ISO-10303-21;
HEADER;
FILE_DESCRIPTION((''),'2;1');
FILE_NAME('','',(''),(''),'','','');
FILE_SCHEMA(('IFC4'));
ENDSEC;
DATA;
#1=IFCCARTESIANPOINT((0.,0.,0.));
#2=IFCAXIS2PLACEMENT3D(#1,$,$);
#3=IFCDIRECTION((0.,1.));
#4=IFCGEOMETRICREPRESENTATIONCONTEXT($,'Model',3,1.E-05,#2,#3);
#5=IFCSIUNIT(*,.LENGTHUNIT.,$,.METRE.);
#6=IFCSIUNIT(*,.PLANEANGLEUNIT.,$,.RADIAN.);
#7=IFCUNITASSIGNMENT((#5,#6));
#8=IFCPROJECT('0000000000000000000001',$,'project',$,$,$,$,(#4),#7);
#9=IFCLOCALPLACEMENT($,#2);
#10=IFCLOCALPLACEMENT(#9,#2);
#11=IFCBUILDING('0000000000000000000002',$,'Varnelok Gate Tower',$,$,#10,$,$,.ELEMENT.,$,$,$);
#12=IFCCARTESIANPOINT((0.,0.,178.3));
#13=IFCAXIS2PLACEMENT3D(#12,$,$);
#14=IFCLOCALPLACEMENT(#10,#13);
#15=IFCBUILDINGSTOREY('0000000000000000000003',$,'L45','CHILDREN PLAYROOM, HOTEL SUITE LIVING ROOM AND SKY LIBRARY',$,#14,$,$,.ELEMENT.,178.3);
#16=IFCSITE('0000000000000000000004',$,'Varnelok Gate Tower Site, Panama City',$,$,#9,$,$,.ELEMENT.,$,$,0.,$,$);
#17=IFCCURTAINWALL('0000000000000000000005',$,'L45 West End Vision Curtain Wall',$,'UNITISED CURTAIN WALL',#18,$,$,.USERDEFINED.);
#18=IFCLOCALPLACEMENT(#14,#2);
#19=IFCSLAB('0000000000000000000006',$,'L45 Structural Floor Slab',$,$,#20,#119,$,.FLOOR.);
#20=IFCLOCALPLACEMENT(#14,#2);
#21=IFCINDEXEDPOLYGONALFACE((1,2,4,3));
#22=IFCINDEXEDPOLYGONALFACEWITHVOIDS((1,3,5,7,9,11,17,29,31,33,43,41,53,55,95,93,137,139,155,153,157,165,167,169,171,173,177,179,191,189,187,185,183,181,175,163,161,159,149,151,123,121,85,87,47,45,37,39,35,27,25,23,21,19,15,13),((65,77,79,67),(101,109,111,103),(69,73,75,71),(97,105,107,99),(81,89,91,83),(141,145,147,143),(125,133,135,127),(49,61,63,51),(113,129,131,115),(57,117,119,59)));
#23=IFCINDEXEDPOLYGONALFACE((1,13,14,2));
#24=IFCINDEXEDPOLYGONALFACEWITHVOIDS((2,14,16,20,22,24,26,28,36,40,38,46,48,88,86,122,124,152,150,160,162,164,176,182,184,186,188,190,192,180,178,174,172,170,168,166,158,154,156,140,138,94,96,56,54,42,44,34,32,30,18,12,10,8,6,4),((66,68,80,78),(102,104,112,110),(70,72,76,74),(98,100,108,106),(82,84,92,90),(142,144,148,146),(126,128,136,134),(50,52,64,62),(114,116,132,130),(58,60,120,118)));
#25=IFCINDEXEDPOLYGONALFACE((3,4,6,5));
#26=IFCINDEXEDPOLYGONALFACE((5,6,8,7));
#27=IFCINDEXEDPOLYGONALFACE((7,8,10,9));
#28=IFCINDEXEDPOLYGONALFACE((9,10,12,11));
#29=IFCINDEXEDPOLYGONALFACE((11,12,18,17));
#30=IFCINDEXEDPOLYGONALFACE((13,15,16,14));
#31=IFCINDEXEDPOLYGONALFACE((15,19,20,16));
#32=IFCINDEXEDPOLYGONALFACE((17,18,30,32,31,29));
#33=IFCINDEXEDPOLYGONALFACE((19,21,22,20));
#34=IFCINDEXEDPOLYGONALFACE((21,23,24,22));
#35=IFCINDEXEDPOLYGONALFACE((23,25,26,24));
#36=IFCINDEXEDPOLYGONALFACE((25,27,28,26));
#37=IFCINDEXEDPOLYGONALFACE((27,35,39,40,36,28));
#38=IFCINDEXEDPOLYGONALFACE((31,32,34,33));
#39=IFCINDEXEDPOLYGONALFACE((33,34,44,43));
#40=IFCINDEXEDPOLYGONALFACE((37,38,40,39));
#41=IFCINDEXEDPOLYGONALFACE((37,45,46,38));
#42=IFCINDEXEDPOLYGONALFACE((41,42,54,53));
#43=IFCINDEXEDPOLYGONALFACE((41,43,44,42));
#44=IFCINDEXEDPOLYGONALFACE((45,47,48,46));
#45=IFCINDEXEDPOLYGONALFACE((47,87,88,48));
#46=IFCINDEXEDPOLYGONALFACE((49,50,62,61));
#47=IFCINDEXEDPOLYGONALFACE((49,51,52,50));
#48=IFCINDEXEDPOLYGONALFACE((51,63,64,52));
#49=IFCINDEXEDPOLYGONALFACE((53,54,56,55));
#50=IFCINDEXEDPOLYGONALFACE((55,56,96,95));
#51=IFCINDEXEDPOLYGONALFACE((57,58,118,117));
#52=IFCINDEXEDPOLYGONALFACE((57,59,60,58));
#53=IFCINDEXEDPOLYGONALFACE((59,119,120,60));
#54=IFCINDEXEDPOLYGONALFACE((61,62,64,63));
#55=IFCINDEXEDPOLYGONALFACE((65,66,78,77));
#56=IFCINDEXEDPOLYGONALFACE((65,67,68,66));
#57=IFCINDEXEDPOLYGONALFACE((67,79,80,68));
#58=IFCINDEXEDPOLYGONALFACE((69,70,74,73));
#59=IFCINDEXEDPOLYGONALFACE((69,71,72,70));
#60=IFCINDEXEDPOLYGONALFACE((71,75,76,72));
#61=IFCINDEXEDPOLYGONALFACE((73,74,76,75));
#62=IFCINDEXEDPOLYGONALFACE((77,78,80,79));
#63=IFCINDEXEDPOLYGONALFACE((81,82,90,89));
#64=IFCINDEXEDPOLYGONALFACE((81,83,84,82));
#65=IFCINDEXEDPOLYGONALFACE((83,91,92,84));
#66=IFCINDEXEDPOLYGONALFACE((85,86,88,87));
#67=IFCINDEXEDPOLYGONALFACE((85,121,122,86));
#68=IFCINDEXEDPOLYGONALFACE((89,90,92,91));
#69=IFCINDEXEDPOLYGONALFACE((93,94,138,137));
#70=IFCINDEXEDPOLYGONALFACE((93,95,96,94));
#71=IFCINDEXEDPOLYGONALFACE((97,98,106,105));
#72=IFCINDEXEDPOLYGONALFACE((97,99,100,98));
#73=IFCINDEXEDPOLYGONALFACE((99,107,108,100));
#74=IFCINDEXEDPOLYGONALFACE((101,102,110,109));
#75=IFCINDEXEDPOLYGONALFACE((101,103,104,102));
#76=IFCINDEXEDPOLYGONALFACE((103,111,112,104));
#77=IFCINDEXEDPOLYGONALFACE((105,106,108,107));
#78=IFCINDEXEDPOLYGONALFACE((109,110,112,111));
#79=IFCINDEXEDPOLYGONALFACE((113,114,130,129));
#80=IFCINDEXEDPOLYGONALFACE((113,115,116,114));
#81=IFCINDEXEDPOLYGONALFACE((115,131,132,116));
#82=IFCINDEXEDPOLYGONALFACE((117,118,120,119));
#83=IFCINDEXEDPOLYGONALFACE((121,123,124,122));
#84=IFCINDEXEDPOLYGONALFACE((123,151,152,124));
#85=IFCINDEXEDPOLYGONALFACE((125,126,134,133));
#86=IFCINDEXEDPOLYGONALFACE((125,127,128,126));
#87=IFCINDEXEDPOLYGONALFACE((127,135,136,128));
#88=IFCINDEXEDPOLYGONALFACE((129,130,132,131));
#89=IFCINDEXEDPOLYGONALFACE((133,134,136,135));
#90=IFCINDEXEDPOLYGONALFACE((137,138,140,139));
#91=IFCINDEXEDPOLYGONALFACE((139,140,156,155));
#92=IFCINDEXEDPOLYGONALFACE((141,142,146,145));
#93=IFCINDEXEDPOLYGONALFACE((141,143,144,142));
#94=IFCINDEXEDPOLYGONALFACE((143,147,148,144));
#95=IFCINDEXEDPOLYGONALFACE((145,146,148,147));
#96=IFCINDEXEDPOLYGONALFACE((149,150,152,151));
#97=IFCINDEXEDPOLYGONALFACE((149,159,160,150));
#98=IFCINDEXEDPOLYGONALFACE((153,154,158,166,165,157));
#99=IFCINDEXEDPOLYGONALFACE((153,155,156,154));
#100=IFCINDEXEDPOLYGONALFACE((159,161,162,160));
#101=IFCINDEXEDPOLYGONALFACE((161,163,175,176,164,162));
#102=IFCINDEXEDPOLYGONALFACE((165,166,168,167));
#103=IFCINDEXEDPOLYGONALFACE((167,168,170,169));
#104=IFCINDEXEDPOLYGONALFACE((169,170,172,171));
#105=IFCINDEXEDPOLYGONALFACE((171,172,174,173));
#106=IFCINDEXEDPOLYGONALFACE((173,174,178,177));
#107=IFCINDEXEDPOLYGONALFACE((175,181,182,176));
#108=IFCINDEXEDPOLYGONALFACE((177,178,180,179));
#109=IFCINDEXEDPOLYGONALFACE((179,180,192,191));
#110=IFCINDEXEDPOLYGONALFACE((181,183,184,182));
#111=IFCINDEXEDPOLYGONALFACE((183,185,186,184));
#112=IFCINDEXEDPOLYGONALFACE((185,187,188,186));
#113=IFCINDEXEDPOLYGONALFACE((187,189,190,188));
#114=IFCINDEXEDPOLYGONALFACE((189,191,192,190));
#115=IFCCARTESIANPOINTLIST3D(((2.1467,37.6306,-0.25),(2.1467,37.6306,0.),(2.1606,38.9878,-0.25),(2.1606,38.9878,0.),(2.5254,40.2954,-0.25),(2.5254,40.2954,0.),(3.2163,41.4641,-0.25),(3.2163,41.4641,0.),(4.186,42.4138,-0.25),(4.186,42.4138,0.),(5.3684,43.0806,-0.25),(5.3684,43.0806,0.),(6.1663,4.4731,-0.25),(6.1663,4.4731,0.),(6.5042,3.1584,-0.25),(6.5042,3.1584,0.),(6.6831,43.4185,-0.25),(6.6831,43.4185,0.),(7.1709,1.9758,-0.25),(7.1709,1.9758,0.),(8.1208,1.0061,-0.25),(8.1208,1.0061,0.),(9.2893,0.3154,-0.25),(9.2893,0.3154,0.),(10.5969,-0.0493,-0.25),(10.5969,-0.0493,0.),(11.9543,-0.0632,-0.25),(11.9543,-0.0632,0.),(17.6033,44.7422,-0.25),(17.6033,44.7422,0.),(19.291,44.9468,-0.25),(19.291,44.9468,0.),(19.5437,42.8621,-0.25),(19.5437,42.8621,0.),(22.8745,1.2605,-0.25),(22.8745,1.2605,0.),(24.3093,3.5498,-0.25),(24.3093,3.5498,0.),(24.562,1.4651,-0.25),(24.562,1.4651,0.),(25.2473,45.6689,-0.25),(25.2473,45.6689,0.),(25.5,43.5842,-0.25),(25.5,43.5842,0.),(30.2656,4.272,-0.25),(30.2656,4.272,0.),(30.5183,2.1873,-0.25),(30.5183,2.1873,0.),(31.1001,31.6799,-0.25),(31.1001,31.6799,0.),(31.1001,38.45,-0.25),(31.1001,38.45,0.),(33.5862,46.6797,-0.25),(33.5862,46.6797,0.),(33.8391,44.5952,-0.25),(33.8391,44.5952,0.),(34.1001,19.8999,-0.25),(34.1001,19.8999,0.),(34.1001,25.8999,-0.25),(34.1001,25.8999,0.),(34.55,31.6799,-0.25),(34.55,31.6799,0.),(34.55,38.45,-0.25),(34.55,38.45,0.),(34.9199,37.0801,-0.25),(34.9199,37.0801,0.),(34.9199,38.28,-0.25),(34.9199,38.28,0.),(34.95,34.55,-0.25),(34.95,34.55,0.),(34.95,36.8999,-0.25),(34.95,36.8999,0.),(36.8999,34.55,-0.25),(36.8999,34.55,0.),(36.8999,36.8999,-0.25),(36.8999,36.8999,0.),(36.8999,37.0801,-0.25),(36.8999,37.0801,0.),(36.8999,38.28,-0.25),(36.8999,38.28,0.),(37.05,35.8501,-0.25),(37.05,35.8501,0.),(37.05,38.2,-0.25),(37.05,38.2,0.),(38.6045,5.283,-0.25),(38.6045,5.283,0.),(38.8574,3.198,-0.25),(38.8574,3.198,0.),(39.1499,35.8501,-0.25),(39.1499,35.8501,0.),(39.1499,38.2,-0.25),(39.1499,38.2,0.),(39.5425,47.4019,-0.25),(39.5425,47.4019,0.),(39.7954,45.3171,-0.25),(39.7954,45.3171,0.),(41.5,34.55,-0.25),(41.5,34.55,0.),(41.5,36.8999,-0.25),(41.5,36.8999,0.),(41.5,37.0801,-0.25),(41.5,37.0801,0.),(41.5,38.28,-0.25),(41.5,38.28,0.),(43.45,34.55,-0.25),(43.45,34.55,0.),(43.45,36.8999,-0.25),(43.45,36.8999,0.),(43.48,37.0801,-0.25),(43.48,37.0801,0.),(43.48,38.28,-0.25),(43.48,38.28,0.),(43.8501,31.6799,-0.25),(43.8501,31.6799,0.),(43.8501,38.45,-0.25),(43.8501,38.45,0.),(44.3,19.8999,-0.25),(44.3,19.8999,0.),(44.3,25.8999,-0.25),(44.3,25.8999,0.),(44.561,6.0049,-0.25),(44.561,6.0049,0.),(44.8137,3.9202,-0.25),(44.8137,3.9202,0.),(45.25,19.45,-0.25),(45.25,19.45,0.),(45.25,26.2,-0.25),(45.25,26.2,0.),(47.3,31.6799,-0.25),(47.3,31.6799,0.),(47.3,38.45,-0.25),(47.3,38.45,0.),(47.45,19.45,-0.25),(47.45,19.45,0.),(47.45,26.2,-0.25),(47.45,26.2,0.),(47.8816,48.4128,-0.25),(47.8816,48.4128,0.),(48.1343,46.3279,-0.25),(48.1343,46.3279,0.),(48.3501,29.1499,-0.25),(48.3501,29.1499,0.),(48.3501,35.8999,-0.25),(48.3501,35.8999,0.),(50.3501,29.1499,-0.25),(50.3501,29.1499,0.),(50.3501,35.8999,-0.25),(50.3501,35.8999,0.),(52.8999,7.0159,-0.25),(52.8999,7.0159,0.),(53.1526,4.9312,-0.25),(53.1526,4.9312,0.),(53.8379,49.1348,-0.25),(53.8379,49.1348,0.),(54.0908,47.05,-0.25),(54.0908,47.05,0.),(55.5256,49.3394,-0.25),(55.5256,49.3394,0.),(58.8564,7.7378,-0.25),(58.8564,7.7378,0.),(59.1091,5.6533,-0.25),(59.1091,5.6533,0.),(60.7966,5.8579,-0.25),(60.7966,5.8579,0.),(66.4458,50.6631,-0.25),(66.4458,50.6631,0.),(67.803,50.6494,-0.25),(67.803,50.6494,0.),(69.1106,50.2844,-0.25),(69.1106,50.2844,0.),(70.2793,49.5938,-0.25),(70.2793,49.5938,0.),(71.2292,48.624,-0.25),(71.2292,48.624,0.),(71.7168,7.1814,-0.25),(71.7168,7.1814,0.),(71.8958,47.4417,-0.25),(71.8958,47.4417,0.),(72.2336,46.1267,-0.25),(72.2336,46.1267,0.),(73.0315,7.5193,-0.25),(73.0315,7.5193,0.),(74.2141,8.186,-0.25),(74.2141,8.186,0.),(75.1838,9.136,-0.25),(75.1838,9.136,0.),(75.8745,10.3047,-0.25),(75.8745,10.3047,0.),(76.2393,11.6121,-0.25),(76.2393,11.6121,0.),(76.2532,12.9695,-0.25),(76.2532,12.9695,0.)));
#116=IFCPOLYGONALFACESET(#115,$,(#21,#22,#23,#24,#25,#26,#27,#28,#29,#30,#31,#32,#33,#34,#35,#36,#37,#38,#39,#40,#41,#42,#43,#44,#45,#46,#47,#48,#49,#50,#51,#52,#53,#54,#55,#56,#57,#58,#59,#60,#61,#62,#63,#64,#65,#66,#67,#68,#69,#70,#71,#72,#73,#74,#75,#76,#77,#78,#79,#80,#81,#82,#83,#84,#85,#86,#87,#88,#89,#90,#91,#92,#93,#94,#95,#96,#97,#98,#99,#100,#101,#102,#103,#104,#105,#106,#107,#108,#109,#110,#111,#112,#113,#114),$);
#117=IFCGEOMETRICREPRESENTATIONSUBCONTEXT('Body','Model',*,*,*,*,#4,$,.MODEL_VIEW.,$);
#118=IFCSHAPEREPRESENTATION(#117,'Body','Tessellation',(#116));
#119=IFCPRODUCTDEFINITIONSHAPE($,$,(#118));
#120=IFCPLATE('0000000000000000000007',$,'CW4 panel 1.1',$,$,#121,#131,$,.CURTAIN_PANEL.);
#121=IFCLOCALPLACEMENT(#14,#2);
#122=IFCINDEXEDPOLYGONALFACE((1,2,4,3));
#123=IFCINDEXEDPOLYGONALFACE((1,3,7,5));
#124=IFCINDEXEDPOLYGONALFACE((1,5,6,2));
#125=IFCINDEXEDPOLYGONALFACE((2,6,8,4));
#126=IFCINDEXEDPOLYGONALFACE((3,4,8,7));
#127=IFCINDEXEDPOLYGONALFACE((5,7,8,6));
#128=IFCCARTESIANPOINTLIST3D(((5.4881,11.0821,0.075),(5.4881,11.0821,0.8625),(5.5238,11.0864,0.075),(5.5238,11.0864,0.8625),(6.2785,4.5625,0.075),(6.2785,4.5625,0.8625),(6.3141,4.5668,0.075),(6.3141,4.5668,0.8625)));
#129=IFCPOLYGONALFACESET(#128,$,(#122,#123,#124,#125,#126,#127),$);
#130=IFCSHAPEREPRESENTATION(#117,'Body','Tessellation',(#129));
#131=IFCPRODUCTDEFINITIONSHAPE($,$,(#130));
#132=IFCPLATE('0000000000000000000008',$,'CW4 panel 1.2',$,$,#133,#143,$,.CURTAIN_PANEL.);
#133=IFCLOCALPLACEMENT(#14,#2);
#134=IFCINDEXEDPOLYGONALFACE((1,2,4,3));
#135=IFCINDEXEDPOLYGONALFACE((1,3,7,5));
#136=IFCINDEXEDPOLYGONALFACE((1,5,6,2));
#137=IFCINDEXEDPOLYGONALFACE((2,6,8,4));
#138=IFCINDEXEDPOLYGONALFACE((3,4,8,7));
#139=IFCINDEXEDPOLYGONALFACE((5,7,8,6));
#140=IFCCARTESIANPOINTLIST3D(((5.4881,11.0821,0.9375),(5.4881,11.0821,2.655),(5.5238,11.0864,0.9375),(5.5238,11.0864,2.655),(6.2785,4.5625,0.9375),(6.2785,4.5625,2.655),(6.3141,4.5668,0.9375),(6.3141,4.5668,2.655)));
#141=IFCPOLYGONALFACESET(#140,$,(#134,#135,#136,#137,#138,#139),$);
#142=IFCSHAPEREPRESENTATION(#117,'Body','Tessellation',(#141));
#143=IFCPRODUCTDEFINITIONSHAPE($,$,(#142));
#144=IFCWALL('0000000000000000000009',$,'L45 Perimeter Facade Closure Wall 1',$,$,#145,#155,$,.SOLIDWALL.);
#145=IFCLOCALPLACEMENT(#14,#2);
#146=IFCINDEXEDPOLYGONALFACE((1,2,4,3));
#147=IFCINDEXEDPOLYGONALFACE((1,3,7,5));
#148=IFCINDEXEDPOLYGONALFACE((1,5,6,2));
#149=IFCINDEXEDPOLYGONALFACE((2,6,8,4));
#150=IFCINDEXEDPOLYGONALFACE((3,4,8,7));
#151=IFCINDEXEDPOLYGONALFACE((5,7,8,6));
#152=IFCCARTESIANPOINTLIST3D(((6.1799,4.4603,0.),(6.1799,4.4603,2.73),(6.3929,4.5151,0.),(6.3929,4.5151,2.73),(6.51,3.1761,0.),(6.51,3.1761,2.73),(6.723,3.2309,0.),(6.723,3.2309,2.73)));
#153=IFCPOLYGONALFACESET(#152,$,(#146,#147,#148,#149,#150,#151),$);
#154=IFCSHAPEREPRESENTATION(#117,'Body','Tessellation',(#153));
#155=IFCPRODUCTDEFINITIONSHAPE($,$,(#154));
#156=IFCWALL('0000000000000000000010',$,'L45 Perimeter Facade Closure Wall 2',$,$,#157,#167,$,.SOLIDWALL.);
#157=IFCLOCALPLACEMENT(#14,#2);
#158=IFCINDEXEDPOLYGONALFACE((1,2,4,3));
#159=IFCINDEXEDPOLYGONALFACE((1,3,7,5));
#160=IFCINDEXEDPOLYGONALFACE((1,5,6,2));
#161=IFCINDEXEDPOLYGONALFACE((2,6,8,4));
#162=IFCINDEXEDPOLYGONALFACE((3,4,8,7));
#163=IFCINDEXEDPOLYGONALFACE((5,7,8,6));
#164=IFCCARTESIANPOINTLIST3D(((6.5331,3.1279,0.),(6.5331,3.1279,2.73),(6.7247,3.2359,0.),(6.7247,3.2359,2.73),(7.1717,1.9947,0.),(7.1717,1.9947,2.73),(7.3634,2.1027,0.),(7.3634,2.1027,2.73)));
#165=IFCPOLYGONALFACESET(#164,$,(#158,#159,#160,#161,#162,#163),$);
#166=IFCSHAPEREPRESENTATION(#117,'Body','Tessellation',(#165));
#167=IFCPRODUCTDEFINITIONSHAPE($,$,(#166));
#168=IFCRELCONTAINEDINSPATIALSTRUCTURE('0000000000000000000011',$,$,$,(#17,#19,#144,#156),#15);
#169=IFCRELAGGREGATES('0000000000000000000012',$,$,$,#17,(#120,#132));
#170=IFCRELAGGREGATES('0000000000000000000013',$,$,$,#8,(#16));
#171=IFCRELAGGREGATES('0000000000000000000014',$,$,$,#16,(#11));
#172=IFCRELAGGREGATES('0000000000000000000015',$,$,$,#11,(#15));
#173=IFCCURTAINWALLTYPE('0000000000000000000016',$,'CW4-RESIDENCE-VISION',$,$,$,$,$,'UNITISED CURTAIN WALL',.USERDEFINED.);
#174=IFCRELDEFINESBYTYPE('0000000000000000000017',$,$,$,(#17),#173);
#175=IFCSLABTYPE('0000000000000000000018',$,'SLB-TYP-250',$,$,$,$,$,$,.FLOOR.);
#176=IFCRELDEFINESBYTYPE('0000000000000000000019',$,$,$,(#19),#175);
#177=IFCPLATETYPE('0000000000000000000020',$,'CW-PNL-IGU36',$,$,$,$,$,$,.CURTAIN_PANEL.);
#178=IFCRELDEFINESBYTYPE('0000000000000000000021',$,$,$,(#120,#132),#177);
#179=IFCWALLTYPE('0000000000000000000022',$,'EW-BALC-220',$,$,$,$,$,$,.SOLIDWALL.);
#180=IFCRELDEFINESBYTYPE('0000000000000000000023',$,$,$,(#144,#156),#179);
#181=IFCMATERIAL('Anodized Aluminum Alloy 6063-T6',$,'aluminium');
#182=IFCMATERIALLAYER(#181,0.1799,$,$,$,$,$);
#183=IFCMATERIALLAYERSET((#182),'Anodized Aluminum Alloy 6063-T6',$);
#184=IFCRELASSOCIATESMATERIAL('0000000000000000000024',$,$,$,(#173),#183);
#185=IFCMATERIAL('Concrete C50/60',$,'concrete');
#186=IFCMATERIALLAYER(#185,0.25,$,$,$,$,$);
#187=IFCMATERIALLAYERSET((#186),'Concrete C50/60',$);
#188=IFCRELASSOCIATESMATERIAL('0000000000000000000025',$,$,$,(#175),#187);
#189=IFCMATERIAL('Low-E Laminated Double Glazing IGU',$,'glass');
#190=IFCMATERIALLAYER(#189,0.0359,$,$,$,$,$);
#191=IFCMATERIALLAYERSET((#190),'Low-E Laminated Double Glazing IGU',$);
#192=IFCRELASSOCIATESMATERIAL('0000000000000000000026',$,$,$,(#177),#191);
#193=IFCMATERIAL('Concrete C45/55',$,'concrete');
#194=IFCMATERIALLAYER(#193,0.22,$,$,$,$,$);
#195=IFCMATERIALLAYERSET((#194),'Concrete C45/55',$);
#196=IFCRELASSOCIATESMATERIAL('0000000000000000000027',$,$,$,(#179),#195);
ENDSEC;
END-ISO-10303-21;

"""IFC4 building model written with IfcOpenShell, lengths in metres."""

from ifc_helpers import new_model, si_unit, direction, frame, frame_2d, origin, origin_2d, place, context, subcontext, project, spatial, polyline, rectangle, outline, extrude, source, transform, mapped, material, layer, layer_set, type_object, element, aggregate, save


model = new_model("IFC4")

# Units and contexts
model_context = context("Model", 3, precision=1e-05, world=origin(), true_north=direction((0.0, 1.0)))
body_context = subcontext(model_context, "Body", "Model", "MODEL_VIEW")
ifc_project = project(units=[si_unit("LENGTHUNIT", "METRE"), si_unit("PLANEANGLEUNIT", "RADIAN")], contexts=[model_context])

# Site, building, storey
site_placement = place(None, origin())
site = spatial("IfcSite", under=ifc_project, at=site_placement, Name="Varnelok Gate Tower Site, Panama City", CompositionType="ELEMENT", RefElevation=0.0)
building_placement = place(site_placement, origin())
building = spatial("IfcBuilding", under=site, at=building_placement, Name="Varnelok Gate Tower", CompositionType="ELEMENT")
storey_placement = place(building_placement, frame((0.0, 0.0, 178.3)))
storey = spatial("IfcBuildingStorey", under=building, at=storey_placement, Name="L45", Description="CHILDREN PLAYROOM, HOTEL SUITE LIVING ROOM AND SKY LIBRARY", CompositionType="ELEMENT", Elevation=178.3)

# Curtain wall
ifc_material_1 = material(Name="Anodized Aluminum Alloy 6063-T6", Category="aluminium")
ifc_layer_1 = layer(ifc_material_1, 0.1799)
ifc_layer_set_1 = layer_set([ifc_layer_1], Name="Anodized Aluminum Alloy 6063-T6")
curtain_wall_type = type_object("IfcCurtainWallType", Name="CW4-RESIDENCE-VISION", ElementType="UNITISED CURTAIN WALL", PredefinedType="USERDEFINED", material=ifc_layer_set_1)
curtain_wall_placement = place(storey_placement, origin())
curtain_wall = element("IfcCurtainWall", 1, at=curtain_wall_placement, inside=storey, type_object=curtain_wall_type, Name="L45 West End Vision Curtain Wall", ObjectType="UNITISED CURTAIN WALL", PredefinedType="USERDEFINED")

# Shared definitions
ifc_material_2 = material(Name="Concrete C45/55", Category="concrete")

# Shared definitions
ifc_material_3 = material(Name="Concrete C50/60", Category="concrete")

# Slab
ifc_layer_2 = layer(ifc_material_3, 0.25)
ifc_layer_set_2 = layer_set([ifc_layer_2], Name="Concrete C50/60")
slab_type_1 = type_object("IfcSlabType", Name="SLB-TYP-250", PredefinedType="FLOOR", material=ifc_layer_set_2)
slab_1_placement = place(storey_placement, frame((0.0, 0.0, -0.25)))
element("IfcSlab", 2, at=slab_1_placement, inside=storey, type_object=slab_type_1, Name="L45 Structural Floor Slab", PredefinedType="FLOOR", context=body_context, shape_type="SweptSolid", body=[
    extrude(outline(polyline([(6.1663, 4.4731), (6.5042, 3.1584), (7.1709, 1.9758), (8.1208, 1.0061), (9.2893, 0.3154), (10.5969, -0.0493), (11.9543, -0.0632), (22.8745, 1.2605), (24.562, 1.4651), (24.3093, 3.5498), (30.2656, 4.272), (30.5183, 2.1873), (38.8574, 3.198), (38.6045, 5.283), (44.561, 6.0049), (44.8137, 3.9202), (53.1526, 4.9312), (52.8999, 7.0159), (58.8564, 7.7378), (59.1091, 5.6533), (60.7966, 5.8579), (71.7168, 7.1814), (73.0315, 7.5193), (74.2141, 8.186), (75.1838, 9.136), (75.8745, 10.3047), (76.2393, 11.6121), (76.2532, 12.9695), (72.2336, 46.1267), (71.8958, 47.4417), (71.2292, 48.624), (70.2793, 49.5938), (69.1106, 50.2844), (67.803, 50.6494), (66.4458, 50.6631), (55.5256, 49.3394), (53.8379, 49.1348), (54.0908, 47.05), (48.1343, 46.3279), (47.8816, 48.4128), (39.5425, 47.4019), (39.7954, 45.3171), (33.8391, 44.5952), (33.5862, 46.6797), (25.2473, 45.6689), (25.5, 43.5842), (19.5437, 42.8621), (19.291, 44.9468), (17.6033, 44.7422), (6.6831, 43.4185), (5.3684, 43.0806), (4.186, 42.4138), (3.2163, 41.4641), (2.5254, 40.2954), (2.1606, 38.9878), (2.1467, 37.6306), (6.1663, 4.4731)]), holes=[polyline([(34.55, 31.6799), (34.55, 38.45), (31.1001, 38.45), (31.1001, 31.6799), (34.55, 31.6799)]), polyline([(47.3, 31.6799), (47.3, 38.45), (43.8501, 38.45), (43.8501, 31.6799), (47.3, 31.6799)]), polyline([(34.95, 34.55), (36.8999, 34.55), (36.8999, 36.8999), (34.95, 36.8999), (34.95, 34.55)]), polyline([(41.5, 34.55), (43.45, 34.55), (43.45, 36.8999), (41.5, 36.8999), (41.5, 34.55)]), polyline([(37.05, 35.8501), (39.1499, 35.8501), (39.1499, 38.2), (37.05, 38.2), (37.05, 35.8501)]), polyline([(48.3501, 29.1499), (50.3501, 29.1499), (50.3501, 35.8999), (48.3501, 35.8999), (48.3501, 29.1499)]), polyline([(45.25, 19.45), (47.45, 19.45), (47.45, 26.2), (45.25, 26.2), (45.25, 19.45)]), polyline([(34.9199, 37.0801), (36.8999, 37.0801), (36.8999, 38.28), (34.9199, 38.28), (34.9199, 37.0801)]), polyline([(41.5, 37.0801), (43.48, 37.0801), (43.48, 38.28), (41.5, 38.28), (41.5, 37.0801)]), polyline([(34.1001, 19.8999), (44.3, 19.8999), (44.3, 25.8999), (34.1001, 25.8999), (34.1001, 19.8999)])]), origin(), (0.0, 0.0, 1.0), 0.25),
])

# Plates
ifc_material_4 = material(Name="Low-E Laminated Double Glazing IGU", Category="glass")
ifc_layer_3 = layer(ifc_material_4, 0.0359)
ifc_layer_set_3 = layer_set([ifc_layer_3], Name="Low-E Laminated Double Glazing IGU")
plate_type = type_object("IfcPlateType", Name="CW-PNL-IGU36", PredefinedType="CURTAIN_PANEL", material=ifc_layer_set_3)
shared_shape_1 = source(origin(), body_context, "Body", "SweptSolid", [
    extrude(rectangle(XDim=6.5674, YDim=0.0359, at=origin_2d()), origin(), (0.0, 0.0, 1.0), 0.7876),
])
plate_1_placement = place(storey_placement, frame((5.9011, 7.8245, 0.075), z_axis=(0.0, 0.0, 1.0), x_axis=(-0.120345, 0.992732, 0.0)))
plate_1 = element("IfcPlate", 3, at=plate_1_placement, type_object=plate_type, Name="CW4 panel 1.1", PredefinedType="CURTAIN_PANEL", context=body_context, shape_type="MappedRepresentation", body=[
    mapped(shared_shape_1, transform((0.0, 0.0, 0.0), scale=1.0)),
])
shared_shape_2 = source(origin(), body_context, "Body", "SweptSolid", [
    extrude(rectangle(XDim=6.5674, YDim=0.0359, at=origin_2d()), origin(), (0.0, 0.0, 1.0), 1.7175),
])
plate_2_placement = place(storey_placement, frame((5.9011, 7.8245, 0.9375), z_axis=(0.0, 0.0, 1.0), x_axis=(-0.120345, 0.992732, 0.0)))
plate_2 = element("IfcPlate", 4, at=plate_2_placement, type_object=plate_type, Name="CW4 panel 1.2", PredefinedType="CURTAIN_PANEL", context=body_context, shape_type="MappedRepresentation", body=[
    mapped(shared_shape_2, transform((0.0, 0.0, 0.0), scale=1.0)),
])
aggregate(curtain_wall, [plate_1, plate_2])

# Walls
ifc_layer_4 = layer(ifc_material_2, 0.22)
ifc_layer_set_4 = layer_set([ifc_layer_4], Name="Concrete C45/55")
wall_type = type_object("IfcWallType", Name="EW-BALC-220", PredefinedType="SOLIDWALL", material=ifc_layer_set_4)
wall_1_placement = place(storey_placement, frame((6.2864, 4.4878, 0.0), z_axis=(0.0, 0.0, 1.0), x_axis=(0.248942, -0.968518, 0.0)))
element("IfcWall", 5, at=wall_1_placement, inside=storey, type_object=wall_type, Name="L45 Perimeter Facade Closure Wall 1", PredefinedType="SOLIDWALL", context=body_context, shape_type="SweptSolid", body=[
    extrude(rectangle(XDim=1.3259, YDim=0.22, at=frame_2d((0.6631, 0.0))), origin(), (0.0, 0.0, 1.0), 2.73),
])
wall_2_placement = place(storey_placement, frame((6.6289, 3.1819, 0.0), z_axis=(0.0, 0.0, 1.0), x_axis=(0.490956, -0.871184, 0.0)))
element("IfcWall", 6, at=wall_2_placement, inside=storey, type_object=wall_type, Name="L45 Perimeter Facade Closure Wall 2", PredefinedType="SOLIDWALL", context=body_context, shape_type="SweptSolid", body=[
    extrude(rectangle(XDim=1.3008, YDim=0.22, at=frame_2d((0.6504, 0.0))), origin(), (0.0, 0.0, 1.0), 2.73),
])

save(model, "model.ifc")
